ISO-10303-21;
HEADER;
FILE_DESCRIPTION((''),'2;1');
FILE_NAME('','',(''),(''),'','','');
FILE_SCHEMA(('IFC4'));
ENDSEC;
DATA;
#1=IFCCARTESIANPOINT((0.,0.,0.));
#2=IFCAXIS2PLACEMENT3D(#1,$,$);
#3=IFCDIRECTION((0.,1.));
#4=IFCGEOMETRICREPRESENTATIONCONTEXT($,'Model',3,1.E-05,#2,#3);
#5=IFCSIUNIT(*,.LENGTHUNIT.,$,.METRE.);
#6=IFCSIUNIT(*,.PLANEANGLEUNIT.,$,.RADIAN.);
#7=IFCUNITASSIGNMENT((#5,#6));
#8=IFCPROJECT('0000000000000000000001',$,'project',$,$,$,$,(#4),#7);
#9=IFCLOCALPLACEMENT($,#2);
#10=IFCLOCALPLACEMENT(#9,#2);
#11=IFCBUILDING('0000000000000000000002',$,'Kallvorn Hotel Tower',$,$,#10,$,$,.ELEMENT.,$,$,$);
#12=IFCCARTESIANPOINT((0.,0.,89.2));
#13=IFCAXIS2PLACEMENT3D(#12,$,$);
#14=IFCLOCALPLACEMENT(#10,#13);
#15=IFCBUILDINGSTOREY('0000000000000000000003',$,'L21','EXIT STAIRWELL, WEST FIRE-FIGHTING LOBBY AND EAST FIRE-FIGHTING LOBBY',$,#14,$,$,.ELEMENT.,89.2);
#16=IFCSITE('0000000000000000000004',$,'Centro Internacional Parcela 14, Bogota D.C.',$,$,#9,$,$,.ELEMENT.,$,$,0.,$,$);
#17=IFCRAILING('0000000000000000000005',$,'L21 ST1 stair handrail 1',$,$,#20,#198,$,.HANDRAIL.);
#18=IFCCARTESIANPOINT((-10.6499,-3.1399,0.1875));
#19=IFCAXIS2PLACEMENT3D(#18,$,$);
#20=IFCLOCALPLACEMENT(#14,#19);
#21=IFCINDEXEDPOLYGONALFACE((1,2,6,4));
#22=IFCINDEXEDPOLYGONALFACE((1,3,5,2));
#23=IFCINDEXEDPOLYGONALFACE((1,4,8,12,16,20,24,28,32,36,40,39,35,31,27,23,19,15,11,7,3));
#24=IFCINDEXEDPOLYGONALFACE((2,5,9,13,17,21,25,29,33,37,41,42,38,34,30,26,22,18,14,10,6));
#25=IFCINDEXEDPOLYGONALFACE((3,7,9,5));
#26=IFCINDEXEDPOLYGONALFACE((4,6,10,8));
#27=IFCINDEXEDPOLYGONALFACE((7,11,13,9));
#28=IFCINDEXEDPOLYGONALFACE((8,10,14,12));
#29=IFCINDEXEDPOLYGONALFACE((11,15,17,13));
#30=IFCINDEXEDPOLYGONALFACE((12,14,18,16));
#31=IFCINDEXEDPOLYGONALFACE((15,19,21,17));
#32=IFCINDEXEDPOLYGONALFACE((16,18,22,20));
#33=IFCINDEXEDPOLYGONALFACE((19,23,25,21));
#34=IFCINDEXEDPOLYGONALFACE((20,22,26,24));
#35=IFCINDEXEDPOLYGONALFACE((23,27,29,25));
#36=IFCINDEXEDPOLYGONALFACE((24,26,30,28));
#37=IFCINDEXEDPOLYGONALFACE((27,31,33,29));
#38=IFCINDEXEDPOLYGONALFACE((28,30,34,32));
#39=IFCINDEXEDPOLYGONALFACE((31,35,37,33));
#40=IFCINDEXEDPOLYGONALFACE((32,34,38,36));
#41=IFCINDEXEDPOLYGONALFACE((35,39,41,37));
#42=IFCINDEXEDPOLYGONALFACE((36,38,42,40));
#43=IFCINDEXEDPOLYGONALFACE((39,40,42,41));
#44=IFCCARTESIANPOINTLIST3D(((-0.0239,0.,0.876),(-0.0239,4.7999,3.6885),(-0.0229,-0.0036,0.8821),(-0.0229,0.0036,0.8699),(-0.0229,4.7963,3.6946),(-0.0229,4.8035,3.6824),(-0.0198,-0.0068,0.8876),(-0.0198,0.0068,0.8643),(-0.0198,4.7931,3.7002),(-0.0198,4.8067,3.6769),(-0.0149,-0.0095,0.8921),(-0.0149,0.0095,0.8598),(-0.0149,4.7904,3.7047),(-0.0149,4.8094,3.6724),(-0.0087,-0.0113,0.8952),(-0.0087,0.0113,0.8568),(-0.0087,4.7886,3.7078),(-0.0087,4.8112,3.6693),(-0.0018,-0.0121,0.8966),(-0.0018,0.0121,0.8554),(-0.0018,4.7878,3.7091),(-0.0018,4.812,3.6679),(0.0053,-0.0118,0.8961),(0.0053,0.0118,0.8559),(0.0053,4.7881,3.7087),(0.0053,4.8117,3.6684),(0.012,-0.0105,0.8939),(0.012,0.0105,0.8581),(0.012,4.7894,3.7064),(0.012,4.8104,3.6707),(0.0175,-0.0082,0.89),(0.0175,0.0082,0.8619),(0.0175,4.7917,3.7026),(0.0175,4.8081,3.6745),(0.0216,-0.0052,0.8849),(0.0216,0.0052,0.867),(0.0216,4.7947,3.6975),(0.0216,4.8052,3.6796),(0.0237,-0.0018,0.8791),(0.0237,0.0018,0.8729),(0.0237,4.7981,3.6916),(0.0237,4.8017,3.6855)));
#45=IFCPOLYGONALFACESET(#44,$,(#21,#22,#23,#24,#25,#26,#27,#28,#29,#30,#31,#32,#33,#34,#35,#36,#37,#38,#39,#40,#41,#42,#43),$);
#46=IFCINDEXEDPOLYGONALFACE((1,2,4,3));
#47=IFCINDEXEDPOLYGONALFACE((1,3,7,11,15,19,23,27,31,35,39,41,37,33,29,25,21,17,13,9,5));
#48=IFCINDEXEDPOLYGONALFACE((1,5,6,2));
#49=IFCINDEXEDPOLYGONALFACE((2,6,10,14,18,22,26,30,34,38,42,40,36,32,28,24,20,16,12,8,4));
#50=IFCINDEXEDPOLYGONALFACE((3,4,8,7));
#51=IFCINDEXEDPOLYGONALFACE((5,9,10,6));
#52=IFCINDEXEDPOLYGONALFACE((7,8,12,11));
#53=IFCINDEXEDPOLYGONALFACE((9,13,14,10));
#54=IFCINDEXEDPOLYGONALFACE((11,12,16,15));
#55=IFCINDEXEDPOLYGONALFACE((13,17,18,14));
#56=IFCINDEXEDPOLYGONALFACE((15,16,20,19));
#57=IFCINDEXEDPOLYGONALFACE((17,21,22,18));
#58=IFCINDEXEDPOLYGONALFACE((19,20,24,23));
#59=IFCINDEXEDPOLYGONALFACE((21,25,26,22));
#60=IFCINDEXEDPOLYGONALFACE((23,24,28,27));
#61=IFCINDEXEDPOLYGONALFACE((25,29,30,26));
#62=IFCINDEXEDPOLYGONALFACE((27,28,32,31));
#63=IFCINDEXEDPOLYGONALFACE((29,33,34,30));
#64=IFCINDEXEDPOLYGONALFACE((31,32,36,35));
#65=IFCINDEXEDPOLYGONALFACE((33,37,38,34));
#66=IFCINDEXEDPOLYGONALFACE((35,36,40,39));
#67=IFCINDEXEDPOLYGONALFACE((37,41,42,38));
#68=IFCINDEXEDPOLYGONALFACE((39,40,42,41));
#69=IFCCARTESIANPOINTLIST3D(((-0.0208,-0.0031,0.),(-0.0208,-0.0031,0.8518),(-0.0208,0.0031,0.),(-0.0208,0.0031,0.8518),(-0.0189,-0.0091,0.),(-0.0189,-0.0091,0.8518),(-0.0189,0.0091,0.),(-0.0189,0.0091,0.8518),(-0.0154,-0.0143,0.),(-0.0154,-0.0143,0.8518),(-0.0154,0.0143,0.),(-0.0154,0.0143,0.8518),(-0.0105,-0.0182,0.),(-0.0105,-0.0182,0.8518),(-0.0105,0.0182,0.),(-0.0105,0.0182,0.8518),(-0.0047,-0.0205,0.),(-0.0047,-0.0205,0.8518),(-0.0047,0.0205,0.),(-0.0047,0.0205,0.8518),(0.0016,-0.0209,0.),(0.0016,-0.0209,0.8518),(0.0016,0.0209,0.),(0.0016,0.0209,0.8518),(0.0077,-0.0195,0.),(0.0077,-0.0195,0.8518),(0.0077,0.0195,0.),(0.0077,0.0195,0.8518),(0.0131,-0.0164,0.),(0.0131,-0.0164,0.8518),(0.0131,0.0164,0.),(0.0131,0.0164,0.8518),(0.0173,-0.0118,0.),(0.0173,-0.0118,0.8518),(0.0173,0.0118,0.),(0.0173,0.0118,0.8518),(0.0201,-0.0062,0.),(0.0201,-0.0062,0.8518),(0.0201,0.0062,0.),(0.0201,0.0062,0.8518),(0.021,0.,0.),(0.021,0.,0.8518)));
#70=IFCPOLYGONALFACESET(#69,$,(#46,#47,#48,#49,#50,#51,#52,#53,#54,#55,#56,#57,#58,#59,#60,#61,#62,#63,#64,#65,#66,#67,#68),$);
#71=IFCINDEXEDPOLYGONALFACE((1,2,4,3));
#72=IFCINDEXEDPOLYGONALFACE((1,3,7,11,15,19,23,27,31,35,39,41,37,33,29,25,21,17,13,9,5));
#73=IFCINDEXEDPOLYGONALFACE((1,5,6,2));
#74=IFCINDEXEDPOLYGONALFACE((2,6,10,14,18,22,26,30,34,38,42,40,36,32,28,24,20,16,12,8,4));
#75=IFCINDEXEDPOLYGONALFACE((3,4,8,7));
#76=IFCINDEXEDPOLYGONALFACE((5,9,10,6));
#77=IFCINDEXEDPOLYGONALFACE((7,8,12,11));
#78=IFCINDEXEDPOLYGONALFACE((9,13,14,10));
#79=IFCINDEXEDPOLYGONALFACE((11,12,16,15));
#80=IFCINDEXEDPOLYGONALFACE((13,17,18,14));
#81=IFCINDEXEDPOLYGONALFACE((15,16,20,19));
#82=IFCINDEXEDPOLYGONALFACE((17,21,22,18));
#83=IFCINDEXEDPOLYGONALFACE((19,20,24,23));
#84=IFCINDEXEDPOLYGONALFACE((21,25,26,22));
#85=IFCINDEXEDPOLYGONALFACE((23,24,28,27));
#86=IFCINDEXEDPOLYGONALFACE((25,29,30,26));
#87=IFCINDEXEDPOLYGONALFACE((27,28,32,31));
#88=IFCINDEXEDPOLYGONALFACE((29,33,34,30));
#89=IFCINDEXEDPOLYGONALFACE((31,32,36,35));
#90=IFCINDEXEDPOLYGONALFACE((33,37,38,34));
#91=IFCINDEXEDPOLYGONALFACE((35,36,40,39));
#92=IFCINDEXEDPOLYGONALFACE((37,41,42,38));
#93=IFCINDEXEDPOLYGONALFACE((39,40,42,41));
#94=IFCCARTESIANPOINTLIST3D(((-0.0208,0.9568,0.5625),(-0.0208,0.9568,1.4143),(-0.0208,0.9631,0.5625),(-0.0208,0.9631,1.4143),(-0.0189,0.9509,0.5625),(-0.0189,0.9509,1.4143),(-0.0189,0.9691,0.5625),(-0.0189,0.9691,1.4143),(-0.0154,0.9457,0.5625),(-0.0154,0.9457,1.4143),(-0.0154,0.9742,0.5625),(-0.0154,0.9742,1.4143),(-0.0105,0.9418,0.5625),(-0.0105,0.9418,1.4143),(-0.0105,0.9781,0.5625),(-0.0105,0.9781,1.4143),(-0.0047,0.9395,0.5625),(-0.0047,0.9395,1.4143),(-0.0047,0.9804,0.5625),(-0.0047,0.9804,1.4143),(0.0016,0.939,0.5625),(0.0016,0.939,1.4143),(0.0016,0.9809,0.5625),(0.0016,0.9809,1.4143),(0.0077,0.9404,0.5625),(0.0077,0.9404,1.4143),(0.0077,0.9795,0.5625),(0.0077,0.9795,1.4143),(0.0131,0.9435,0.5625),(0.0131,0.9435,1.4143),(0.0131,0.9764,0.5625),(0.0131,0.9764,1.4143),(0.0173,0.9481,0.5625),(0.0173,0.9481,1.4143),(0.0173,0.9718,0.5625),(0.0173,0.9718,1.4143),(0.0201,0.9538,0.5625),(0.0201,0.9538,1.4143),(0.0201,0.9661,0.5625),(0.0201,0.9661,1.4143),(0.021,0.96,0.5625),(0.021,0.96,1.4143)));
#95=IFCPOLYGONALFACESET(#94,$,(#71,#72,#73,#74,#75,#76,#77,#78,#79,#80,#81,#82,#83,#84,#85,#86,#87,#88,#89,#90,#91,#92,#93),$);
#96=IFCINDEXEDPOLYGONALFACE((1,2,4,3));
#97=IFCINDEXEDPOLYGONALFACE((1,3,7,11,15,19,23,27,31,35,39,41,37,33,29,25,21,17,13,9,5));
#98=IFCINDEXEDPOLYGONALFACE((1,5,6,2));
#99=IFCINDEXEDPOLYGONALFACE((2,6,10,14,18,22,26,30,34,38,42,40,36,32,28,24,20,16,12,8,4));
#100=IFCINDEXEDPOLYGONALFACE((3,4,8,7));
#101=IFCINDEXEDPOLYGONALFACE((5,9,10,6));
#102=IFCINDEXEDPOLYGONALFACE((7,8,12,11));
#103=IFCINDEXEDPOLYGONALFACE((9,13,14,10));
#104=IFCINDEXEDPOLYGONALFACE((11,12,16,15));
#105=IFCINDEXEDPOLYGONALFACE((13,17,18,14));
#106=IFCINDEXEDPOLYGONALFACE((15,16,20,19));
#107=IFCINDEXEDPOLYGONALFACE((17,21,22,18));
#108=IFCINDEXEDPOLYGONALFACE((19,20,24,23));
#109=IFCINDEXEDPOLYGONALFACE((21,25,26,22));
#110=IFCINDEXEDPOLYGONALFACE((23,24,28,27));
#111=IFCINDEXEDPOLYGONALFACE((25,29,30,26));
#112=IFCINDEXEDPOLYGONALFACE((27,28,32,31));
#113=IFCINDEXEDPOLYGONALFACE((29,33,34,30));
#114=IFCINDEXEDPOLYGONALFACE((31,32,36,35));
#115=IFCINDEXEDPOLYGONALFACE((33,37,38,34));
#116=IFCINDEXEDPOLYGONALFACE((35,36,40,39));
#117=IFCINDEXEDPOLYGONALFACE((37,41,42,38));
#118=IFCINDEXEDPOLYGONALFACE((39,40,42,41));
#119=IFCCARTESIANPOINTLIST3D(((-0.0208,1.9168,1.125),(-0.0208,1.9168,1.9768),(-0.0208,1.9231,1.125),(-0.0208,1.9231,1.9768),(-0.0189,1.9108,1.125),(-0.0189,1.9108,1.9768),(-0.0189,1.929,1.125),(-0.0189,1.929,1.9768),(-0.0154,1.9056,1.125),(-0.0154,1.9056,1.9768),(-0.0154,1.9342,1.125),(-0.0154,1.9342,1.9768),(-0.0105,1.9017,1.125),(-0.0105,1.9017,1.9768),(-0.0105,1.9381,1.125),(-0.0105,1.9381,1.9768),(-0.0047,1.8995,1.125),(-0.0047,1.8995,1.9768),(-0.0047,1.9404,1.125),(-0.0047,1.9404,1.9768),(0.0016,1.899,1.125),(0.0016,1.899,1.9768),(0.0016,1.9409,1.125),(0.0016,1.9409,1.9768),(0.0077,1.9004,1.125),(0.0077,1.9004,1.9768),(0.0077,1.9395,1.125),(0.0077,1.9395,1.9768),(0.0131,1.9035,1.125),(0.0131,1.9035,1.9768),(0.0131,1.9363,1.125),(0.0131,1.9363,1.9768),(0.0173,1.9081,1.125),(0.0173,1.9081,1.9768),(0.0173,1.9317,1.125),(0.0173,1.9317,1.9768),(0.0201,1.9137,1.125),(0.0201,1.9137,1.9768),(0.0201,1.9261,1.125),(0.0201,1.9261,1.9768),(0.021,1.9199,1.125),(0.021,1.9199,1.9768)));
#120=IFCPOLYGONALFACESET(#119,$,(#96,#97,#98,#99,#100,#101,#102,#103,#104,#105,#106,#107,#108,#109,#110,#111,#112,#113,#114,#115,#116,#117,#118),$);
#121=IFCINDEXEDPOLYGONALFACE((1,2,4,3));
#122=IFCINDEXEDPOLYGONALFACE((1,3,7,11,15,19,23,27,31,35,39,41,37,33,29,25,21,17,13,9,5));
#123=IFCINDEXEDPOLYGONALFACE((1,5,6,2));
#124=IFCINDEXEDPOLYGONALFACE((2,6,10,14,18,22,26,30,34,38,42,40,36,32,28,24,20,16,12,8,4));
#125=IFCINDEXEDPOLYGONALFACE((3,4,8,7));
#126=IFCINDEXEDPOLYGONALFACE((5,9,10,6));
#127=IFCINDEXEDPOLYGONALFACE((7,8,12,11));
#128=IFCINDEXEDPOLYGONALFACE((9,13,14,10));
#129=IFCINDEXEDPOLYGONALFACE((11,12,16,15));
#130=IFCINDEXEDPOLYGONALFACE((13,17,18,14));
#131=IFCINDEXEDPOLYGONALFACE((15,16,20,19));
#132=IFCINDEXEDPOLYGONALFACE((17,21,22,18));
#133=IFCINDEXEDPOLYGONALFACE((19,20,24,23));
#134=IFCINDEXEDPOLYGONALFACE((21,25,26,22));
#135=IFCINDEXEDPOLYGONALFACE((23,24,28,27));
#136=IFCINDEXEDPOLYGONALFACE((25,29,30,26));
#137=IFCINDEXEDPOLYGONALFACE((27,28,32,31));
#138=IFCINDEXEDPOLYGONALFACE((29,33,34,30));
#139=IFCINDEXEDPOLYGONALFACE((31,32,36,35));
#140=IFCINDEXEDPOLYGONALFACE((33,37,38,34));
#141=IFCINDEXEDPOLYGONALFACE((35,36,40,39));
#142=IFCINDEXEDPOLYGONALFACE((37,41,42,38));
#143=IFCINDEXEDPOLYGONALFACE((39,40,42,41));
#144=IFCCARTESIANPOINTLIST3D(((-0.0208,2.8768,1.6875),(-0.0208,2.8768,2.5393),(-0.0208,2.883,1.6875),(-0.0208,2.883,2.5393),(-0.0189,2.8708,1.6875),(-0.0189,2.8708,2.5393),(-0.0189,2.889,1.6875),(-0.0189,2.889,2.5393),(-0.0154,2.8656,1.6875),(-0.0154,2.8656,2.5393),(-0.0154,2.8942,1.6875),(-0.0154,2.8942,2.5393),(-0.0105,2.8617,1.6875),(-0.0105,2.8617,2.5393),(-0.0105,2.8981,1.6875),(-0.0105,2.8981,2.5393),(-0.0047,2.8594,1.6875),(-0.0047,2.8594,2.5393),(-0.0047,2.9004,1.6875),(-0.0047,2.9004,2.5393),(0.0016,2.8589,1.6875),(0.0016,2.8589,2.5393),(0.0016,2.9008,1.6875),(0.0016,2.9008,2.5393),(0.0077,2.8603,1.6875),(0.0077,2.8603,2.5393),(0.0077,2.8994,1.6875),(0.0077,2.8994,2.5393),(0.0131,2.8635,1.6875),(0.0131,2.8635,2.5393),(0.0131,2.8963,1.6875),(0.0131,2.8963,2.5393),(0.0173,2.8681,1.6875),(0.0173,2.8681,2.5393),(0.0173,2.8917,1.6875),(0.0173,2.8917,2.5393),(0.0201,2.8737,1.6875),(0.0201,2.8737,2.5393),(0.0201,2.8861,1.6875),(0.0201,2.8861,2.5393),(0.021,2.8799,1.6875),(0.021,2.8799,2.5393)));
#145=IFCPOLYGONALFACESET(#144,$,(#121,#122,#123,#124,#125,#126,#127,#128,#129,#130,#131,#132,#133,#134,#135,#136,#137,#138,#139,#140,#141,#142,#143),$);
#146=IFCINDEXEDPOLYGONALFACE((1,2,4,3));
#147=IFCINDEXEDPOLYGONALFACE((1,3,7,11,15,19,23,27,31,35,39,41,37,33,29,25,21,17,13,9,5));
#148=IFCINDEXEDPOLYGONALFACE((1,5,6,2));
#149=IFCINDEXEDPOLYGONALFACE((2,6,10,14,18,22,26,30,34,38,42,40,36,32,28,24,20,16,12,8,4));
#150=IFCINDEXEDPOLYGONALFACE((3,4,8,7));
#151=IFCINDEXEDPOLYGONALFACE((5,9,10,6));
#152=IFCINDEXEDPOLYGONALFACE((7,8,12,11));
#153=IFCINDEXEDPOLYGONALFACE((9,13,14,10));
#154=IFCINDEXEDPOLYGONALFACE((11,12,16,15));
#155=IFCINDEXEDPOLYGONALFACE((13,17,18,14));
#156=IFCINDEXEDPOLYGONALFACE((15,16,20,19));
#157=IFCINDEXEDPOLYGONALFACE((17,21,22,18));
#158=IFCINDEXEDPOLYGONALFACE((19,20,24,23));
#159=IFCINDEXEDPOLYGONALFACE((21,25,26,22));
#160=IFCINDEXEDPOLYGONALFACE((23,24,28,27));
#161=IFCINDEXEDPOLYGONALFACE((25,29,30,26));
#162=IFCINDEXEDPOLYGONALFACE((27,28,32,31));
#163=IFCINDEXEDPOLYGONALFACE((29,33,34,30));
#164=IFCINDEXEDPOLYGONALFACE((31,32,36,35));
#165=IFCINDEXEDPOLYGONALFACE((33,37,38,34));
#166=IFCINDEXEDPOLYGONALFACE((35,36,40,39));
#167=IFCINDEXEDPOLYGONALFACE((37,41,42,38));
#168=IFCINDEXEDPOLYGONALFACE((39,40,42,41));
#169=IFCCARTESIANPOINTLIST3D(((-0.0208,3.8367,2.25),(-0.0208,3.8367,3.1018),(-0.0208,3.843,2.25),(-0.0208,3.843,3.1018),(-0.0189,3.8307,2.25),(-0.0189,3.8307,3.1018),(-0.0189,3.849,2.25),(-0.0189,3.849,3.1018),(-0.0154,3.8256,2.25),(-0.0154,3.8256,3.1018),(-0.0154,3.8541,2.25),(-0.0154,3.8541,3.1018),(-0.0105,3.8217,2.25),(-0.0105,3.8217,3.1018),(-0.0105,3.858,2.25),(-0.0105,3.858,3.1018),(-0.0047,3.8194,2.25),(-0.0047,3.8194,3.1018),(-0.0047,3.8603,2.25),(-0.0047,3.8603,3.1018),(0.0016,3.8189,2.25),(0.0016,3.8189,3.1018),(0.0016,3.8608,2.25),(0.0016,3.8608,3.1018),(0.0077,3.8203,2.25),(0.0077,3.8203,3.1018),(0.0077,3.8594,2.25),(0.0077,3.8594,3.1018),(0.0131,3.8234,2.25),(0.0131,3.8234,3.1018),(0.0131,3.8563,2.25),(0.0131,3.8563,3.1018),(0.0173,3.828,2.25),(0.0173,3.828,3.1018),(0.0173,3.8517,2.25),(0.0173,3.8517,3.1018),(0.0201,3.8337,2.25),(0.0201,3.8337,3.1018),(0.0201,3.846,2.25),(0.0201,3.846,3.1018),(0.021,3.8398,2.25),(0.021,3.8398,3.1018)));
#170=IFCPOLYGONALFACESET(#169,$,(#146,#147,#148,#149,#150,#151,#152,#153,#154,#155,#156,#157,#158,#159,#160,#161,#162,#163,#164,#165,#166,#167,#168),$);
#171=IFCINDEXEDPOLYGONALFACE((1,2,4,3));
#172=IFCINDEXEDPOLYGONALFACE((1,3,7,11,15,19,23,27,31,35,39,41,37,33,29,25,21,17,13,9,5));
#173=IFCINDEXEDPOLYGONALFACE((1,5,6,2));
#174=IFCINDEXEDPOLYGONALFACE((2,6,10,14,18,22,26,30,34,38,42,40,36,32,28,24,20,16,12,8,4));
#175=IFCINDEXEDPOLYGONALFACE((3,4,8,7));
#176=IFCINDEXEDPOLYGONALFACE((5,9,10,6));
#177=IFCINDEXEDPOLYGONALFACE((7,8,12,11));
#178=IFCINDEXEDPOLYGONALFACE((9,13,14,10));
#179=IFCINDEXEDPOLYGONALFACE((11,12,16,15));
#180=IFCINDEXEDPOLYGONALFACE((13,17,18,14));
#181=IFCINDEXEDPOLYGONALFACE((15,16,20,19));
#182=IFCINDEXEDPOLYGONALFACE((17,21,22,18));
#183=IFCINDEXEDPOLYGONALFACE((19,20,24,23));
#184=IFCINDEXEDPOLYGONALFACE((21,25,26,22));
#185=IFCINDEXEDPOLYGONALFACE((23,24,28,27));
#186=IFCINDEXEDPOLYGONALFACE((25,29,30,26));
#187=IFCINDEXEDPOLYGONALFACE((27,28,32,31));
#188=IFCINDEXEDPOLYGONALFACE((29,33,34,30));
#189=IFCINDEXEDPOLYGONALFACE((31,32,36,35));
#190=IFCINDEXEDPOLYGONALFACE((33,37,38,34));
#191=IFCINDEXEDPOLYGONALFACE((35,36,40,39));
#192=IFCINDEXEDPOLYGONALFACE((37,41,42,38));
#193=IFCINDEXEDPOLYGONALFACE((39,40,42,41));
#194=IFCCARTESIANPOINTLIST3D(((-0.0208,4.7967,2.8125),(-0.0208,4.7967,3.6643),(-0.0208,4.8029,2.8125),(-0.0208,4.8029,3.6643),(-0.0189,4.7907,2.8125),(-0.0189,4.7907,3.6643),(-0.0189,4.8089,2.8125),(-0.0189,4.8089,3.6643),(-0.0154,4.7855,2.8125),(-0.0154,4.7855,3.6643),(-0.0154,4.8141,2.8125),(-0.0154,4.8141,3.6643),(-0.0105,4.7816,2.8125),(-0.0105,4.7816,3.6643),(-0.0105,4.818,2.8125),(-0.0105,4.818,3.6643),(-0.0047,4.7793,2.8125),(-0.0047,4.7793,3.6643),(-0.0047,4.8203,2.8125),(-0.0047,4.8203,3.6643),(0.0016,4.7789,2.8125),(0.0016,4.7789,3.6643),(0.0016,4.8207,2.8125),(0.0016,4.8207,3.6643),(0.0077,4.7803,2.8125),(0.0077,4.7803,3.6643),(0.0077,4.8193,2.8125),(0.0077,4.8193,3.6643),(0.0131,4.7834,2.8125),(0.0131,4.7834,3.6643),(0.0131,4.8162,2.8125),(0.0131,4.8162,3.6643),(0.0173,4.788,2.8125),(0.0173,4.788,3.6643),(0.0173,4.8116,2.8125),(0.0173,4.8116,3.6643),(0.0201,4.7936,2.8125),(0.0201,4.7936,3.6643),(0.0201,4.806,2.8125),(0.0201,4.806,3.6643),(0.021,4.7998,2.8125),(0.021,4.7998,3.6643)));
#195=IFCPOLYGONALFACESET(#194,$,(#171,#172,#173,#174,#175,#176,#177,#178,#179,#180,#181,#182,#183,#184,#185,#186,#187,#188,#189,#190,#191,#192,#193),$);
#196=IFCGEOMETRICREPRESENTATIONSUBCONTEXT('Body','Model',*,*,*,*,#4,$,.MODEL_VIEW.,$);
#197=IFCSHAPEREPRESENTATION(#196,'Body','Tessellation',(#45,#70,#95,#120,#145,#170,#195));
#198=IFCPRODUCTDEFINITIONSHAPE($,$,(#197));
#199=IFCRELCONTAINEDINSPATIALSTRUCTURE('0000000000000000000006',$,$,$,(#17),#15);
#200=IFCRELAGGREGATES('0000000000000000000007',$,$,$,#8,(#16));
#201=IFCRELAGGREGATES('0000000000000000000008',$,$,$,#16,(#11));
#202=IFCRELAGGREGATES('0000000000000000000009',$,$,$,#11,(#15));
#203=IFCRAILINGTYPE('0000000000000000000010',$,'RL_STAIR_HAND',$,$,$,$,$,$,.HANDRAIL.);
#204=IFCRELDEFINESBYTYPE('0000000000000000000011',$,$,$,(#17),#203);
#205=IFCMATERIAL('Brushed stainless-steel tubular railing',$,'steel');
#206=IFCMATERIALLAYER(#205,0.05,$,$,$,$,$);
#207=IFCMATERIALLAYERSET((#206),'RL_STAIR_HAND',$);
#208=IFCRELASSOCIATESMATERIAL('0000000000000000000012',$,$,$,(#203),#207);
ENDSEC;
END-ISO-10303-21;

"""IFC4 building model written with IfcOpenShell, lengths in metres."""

from ifc_helpers import new_model, si_unit, direction, frame, origin, origin_2d, place, context, subcontext, project, spatial, circle, extrude, material, layer, layer_set, type_object, element, save


model = new_model("IFC4")

# Units and contexts
model_context = context("Model", 3, precision=1e-05, world=origin(), true_north=direction((0.0, 1.0)))
body_context = subcontext(model_context, "Body", "Model", "MODEL_VIEW")
ifc_project = project(units=[si_unit("LENGTHUNIT", "METRE"), si_unit("PLANEANGLEUNIT", "RADIAN")], contexts=[model_context])

# Site, building, storey
site_placement = place(None, origin())
site = spatial("IfcSite", under=ifc_project, at=site_placement, Name="Centro Internacional Parcela 14, Bogota D.C.", CompositionType="ELEMENT", RefElevation=0.0)
building_placement = place(site_placement, origin())
building = spatial("IfcBuilding", under=site, at=building_placement, Name="Kallvorn Hotel Tower", CompositionType="ELEMENT")
storey_placement = place(building_placement, frame((0.0, 0.0, 89.2)))
storey = spatial("IfcBuildingStorey", under=building, at=storey_placement, Name="L21", Description="EXIT STAIRWELL, WEST FIRE-FIGHTING LOBBY AND EAST FIRE-FIGHTING LOBBY", CompositionType="ELEMENT", Elevation=89.2)

# Railing
ifc_material_1 = material(Name="Brushed stainless-steel tubular railing", Category="steel")
ifc_layer_1 = layer(ifc_material_1, 0.05)
ifc_layer_set_1 = layer_set([ifc_layer_1], Name="RL_STAIR_HAND")
railing_type_1 = type_object("IfcRailingType", Name="RL_STAIR_HAND", PredefinedType="HANDRAIL", material=ifc_layer_set_1)
railing_1_placement = place(storey_placement, frame((-10.6499, -3.1399, 0.1875)))
element("IfcRailing", 1, at=railing_1_placement, inside=storey, type_object=railing_type_1, Name="L21 ST1 stair handrail 1", PredefinedType="HANDRAIL", context=body_context, shape_type="SweptSolid", body=[
    extrude(circle(Radius=0.0239, at=origin_2d()), frame((0.0, 0.0, 0.876), z_axis=(0.0, 0.86279, 0.505562), x_axis=(-1.0, 0.0, 0.0)), (0.0, 0.0, 1.0), 5.5632),
    extrude(circle(Radius=0.021, at=origin_2d()), origin(), (0.0, 0.0, 1.0), 0.8518),
    extrude(circle(Radius=0.021, at=origin_2d()), frame((0.0, 0.96, 0.5625)), (0.0, 0.0, 1.0), 0.8518),
    extrude(circle(Radius=0.021, at=origin_2d()), frame((0.0, 1.9199, 1.125)), (0.0, 0.0, 1.0), 0.8518),
    extrude(circle(Radius=0.021, at=origin_2d()), frame((0.0, 2.8799, 1.6875)), (0.0, 0.0, 1.0), 0.8518),
    extrude(circle(Radius=0.021, at=origin_2d()), frame((0.0, 3.8398, 2.25)), (0.0, 0.0, 1.0), 0.8518),
    extrude(circle(Radius=0.021, at=origin_2d()), frame((0.0, 4.7998, 2.8125)), (0.0, 0.0, 1.0), 0.8518),
])

save(model, "model.ifc")
